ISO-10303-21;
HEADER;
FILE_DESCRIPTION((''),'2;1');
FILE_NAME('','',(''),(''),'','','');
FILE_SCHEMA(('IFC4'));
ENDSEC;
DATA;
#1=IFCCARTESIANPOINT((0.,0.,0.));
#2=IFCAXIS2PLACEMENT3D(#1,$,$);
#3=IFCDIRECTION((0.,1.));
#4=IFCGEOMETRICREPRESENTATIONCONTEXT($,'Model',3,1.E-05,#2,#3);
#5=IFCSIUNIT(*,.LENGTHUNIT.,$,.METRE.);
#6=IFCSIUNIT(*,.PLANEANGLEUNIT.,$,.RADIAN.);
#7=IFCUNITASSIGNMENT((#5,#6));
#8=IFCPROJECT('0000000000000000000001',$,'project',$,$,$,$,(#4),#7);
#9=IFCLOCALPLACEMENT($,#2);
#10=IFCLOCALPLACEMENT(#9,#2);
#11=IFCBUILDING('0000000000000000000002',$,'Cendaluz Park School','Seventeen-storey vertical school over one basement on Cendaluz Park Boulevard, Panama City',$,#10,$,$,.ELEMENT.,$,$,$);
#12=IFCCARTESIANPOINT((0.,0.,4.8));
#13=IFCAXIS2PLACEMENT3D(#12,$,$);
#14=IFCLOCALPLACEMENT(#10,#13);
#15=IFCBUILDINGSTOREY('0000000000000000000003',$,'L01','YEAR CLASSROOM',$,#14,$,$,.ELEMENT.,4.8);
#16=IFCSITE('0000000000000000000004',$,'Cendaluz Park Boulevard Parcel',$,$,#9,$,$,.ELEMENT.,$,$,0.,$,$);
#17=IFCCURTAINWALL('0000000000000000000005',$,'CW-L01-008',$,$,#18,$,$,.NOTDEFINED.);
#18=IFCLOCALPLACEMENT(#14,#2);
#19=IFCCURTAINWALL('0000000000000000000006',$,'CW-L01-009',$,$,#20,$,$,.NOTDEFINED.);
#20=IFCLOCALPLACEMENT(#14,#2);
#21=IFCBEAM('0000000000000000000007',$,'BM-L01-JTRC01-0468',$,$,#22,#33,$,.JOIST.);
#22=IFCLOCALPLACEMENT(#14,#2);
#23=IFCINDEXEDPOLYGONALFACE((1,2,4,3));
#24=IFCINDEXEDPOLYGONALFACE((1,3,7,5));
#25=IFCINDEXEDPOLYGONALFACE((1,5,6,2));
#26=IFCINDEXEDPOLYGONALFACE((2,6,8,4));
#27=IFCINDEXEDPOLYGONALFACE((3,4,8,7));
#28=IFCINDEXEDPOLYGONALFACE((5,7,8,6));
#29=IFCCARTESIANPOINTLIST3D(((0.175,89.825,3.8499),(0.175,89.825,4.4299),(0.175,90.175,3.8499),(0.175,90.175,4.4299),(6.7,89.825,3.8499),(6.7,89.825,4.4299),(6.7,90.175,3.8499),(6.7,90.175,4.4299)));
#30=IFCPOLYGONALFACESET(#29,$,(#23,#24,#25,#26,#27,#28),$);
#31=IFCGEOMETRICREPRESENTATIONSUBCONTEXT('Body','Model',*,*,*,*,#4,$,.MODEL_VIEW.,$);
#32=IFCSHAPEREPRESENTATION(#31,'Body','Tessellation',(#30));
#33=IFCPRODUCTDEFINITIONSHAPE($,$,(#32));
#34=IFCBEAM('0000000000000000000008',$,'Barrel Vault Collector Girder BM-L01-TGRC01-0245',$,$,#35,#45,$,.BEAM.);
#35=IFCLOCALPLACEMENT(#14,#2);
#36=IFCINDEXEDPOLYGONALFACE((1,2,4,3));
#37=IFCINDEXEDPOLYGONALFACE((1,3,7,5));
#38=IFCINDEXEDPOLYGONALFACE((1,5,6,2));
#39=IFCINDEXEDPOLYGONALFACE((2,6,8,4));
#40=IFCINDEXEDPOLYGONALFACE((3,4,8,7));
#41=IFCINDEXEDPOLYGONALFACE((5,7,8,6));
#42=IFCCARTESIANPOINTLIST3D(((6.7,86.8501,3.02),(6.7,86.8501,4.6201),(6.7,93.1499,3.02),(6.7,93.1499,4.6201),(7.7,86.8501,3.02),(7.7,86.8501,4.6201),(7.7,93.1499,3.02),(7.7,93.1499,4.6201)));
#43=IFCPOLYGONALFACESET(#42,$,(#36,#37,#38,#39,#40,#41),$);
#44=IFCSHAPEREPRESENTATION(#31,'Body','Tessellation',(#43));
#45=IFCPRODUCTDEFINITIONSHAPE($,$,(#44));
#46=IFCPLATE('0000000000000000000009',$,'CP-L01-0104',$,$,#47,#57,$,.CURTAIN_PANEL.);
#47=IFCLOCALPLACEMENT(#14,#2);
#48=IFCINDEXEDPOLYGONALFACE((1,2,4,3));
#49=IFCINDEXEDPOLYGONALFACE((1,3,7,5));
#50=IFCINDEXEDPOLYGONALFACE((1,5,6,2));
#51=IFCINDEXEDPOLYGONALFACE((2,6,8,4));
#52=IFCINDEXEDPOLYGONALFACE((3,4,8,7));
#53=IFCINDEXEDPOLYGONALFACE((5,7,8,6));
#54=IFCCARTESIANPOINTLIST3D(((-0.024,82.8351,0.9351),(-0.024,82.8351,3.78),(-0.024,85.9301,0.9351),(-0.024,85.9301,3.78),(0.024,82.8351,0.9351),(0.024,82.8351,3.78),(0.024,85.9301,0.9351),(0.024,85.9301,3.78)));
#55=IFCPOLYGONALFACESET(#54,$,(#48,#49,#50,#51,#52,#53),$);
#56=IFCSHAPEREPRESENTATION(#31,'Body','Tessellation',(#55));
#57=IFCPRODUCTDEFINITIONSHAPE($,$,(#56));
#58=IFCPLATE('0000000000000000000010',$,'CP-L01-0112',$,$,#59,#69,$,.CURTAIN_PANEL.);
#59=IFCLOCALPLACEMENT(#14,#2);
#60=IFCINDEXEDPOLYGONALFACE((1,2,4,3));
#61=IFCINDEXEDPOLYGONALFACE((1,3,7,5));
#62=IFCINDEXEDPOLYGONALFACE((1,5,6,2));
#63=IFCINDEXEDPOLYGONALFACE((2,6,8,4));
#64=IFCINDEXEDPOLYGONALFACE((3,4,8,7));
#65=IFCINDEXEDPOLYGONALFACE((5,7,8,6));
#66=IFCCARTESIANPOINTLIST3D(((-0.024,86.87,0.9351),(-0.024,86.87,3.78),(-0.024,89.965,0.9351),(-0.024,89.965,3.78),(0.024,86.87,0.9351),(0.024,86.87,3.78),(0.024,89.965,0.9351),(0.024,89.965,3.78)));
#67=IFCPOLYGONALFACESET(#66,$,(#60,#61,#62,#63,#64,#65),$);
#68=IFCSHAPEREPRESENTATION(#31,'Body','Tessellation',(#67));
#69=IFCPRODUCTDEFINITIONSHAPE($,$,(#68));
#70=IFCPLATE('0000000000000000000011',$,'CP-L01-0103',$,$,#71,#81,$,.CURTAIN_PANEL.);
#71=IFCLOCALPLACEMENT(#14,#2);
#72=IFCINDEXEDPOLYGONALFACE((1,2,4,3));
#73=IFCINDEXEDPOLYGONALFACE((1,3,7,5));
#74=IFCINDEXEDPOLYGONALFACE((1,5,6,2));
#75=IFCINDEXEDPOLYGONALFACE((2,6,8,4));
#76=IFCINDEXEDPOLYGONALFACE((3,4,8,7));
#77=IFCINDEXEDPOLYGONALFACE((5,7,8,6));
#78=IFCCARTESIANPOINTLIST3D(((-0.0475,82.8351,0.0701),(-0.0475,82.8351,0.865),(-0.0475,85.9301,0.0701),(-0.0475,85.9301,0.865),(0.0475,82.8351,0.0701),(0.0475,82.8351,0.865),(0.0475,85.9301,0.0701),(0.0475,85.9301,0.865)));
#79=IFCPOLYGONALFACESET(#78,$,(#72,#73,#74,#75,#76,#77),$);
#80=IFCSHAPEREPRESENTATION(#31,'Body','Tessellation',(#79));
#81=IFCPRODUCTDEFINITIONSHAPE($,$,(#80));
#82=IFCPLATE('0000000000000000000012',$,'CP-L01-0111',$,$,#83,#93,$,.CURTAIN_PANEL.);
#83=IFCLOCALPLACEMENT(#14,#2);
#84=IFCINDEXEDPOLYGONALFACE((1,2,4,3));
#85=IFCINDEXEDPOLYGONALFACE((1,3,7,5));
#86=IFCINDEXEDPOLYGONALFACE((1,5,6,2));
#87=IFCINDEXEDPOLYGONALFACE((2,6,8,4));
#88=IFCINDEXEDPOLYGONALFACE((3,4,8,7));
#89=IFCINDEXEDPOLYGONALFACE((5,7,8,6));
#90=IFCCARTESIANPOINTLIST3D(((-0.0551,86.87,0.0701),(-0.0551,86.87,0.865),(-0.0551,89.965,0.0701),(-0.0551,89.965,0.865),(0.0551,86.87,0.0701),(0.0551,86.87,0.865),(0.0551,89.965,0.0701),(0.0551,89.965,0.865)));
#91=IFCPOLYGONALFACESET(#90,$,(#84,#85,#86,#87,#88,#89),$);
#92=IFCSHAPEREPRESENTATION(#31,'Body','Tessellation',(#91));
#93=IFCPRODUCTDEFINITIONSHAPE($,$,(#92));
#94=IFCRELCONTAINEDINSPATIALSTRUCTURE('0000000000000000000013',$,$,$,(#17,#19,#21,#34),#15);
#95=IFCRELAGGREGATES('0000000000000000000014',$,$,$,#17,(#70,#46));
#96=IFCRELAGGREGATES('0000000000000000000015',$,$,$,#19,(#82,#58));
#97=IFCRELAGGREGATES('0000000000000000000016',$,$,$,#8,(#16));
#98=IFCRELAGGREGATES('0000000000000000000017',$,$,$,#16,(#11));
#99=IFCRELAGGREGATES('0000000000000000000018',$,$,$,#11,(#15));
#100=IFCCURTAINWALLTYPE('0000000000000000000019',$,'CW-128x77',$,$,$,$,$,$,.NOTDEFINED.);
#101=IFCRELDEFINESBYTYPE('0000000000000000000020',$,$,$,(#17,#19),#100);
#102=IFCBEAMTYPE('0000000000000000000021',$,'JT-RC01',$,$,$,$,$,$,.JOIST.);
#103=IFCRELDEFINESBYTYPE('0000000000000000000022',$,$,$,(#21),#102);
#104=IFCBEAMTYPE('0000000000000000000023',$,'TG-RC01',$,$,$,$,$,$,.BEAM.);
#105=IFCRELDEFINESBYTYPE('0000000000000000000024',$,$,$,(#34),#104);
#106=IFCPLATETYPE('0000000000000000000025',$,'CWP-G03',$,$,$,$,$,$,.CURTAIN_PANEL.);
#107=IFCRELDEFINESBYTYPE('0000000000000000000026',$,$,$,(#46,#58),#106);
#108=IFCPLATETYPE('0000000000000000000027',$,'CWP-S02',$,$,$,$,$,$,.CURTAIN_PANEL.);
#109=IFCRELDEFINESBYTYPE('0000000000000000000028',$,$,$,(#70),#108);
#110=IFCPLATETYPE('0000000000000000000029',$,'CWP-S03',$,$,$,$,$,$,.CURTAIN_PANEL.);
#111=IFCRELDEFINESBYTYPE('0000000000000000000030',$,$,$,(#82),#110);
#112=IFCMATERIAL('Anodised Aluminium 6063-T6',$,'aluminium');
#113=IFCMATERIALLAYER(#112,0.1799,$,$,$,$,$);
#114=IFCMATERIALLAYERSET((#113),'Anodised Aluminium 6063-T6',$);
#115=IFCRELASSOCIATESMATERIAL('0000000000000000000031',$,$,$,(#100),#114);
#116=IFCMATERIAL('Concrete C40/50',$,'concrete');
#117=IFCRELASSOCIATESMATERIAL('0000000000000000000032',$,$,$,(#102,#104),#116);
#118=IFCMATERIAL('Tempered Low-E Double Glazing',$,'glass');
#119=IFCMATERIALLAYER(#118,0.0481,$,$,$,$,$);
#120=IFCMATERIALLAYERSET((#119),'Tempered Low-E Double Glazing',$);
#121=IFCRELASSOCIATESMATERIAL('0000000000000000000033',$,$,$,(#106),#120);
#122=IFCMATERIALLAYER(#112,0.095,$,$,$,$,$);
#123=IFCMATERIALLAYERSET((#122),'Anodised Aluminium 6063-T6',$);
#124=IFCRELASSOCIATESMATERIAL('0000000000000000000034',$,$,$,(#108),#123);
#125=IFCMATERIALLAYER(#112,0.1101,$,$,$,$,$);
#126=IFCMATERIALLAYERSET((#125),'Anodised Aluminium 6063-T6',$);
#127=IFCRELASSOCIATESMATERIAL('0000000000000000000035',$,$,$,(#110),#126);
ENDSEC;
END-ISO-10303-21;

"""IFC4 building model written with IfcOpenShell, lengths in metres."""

from ifc_helpers import new_model, si_unit, direction, frame, origin, origin_2d, place, context, subcontext, project, spatial, rectangle, extrude, material, layer, layer_set, material_profile, profile_set, type_object, element, aggregate, save


model = new_model("IFC4")

# Units and contexts
model_context = context("Model", 3, precision=1e-05, world=origin(), true_north=direction((0.0, 1.0)))
body_context = subcontext(model_context, "Body", "Model", "MODEL_VIEW")
ifc_project = project(units=[si_unit("LENGTHUNIT", "METRE"), si_unit("PLANEANGLEUNIT", "RADIAN")], contexts=[model_context])

# Site, building, storey
site_placement = place(None, origin())
site = spatial("IfcSite", under=ifc_project, at=site_placement, Name="Cendaluz Park Boulevard Parcel", CompositionType="ELEMENT", RefElevation=0.0)
building_placement = place(site_placement, origin())
building = spatial("IfcBuilding", under=site, at=building_placement, Name="Cendaluz Park School", Description="Seventeen-storey vertical school over one basement on Cendaluz Park Boulevard, Panama City", CompositionType="ELEMENT")
storey_placement = place(building_placement, frame((0.0, 0.0, 4.8)))
storey = spatial("IfcBuildingStorey", under=building, at=storey_placement, Name="L01", Description="YEAR CLASSROOM", CompositionType="ELEMENT", Elevation=4.8)

# Shared definitions
ifc_material_1 = material(Name="Concrete C40/50", Category="concrete")

# Curtain wall
ifc_material_2 = material(Name="Anodised Aluminium 6063-T6", Category="aluminium")
ifc_layer_1 = layer(ifc_material_2, 0.1799)
ifc_layer_set_1 = layer_set([ifc_layer_1], Name="Anodised Aluminium 6063-T6")
curtain_wall_type = type_object("IfcCurtainWallType", Name="CW-128x77", PredefinedType="NOTDEFINED", material=ifc_layer_set_1)
curtain_wall_1_placement = place(storey_placement, origin())
curtain_wall_1 = element("IfcCurtainWall", 1, at=curtain_wall_1_placement, inside=storey, type_object=curtain_wall_type, Name="CW-L01-008", PredefinedType="NOTDEFINED")

# Curtain wall
curtain_wall_2_placement = place(storey_placement, origin())
curtain_wall_2 = element("IfcCurtainWall", 2, at=curtain_wall_2_placement, inside=storey, type_object=curtain_wall_type, Name="CW-L01-009", PredefinedType="NOTDEFINED")

# Beams
ifc_material_profile_1 = material_profile(ifc_material_1, rectangle(XDim=0.3501, YDim=0.5801, at=origin_2d()), Name="RC 350x580", Category="concrete")
ifc_profile_set_1 = profile_set([ifc_material_profile_1], Name="Concrete C40/50")
beam_type_1 = type_object("IfcBeamType", Name="JT-RC01", PredefinedType="JOIST", material=ifc_profile_set_1)
beam_1_placement = place(storey_placement, frame((0.175, 90.0, 4.1399), z_axis=(1.0, 0.0, 0.0), x_axis=(0.0, 1.0, 0.0)))
element("IfcBeam", 3, at=beam_1_placement, inside=storey, type_object=beam_type_1, Name="BM-L01-JTRC01-0468", PredefinedType="JOIST", context=body_context, shape_type="SweptSolid", body=[
    extrude(rectangle(XDim=0.3501, YDim=0.5801, at=origin_2d()), origin(), (0.0, 0.0, 1.0), 6.5249),
])
ifc_material_profile_2 = material_profile(ifc_material_1, rectangle(XDim=1.0, YDim=1.6001, at=origin_2d()), Name="RC 1000x1600", Category="concrete")
ifc_profile_set_2 = profile_set([ifc_material_profile_2], Name="Concrete C40/50")
beam_type_2 = type_object("IfcBeamType", Name="TG-RC01", PredefinedType="BEAM", material=ifc_profile_set_2)
beam_2_placement = place(storey_placement, frame((7.2, 86.8501, 3.8201), z_axis=(0.0, 1.0, 0.0), x_axis=(-1.0, 0.0, 0.0)))
element("IfcBeam", 4, at=beam_2_placement, inside=storey, type_object=beam_type_2, Name="Barrel Vault Collector Girder BM-L01-TGRC01-0245", PredefinedType="BEAM", context=body_context, shape_type="SweptSolid", body=[
    extrude(rectangle(XDim=1.0, YDim=1.6001, at=origin_2d()), origin(), (0.0, 0.0, 1.0), 6.2998),
])

# Plates
ifc_material_3 = material(Name="Tempered Low-E Double Glazing", Category="glass")
ifc_layer_2 = layer(ifc_material_3, 0.0481)
ifc_layer_set_2 = layer_set([ifc_layer_2], Name="Tempered Low-E Double Glazing")
plate_type_1 = type_object("IfcPlateType", Name="CWP-G03", PredefinedType="CURTAIN_PANEL", material=ifc_layer_set_2)
plate_1_placement = place(storey_placement, frame((0.0, 84.3826, 0.9351), z_axis=(0.0, 0.0, 1.0), x_axis=(0.0, 1.0, 0.0)))
plate_1 = element("IfcPlate", 5, at=plate_1_placement, type_object=plate_type_1, Name="CP-L01-0104", PredefinedType="CURTAIN_PANEL", context=body_context, shape_type="SweptSolid", body=[
    extrude(rectangle(XDim=3.095, YDim=0.0481, at=origin_2d()), origin(), (0.0, 0.0, 1.0), 2.845),
])
plate_2_placement = place(storey_placement, frame((0.0, 88.4175, 0.9351), z_axis=(0.0, 0.0, 1.0), x_axis=(0.0, 1.0, 0.0)))
plate_2 = element("IfcPlate", 6, at=plate_2_placement, type_object=plate_type_1, Name="CP-L01-0112", PredefinedType="CURTAIN_PANEL", context=body_context, shape_type="SweptSolid", body=[
    extrude(rectangle(XDim=3.095, YDim=0.0481, at=origin_2d()), origin(), (0.0, 0.0, 1.0), 2.845),
])
ifc_layer_3 = layer(ifc_material_2, 0.095)
ifc_layer_set_3 = layer_set([ifc_layer_3], Name="Anodised Aluminium 6063-T6")
plate_type_2 = type_object("IfcPlateType", Name="CWP-S02", PredefinedType="CURTAIN_PANEL", material=ifc_layer_set_3)
plate_3_placement = place(storey_placement, frame((0.0, 84.3826, 0.0701), z_axis=(0.0, 0.0, 1.0), x_axis=(0.0, 1.0, 0.0)))
plate_3 = element("IfcPlate", 7, at=plate_3_placement, type_object=plate_type_2, Name="CP-L01-0103", PredefinedType="CURTAIN_PANEL", context=body_context, shape_type="SweptSolid", body=[
    extrude(rectangle(XDim=3.095, YDim=0.095, at=origin_2d()), origin(), (0.0, 0.0, 1.0), 0.7949),
])
aggregate(curtain_wall_1, [plate_3, plate_1])
ifc_layer_4 = layer(ifc_material_2, 0.1101)
ifc_layer_set_4 = layer_set([ifc_layer_4], Name="Anodised Aluminium 6063-T6")
plate_type_3 = type_object("IfcPlateType", Name="CWP-S03", PredefinedType="CURTAIN_PANEL", material=ifc_layer_set_4)
plate_4_placement = place(storey_placement, frame((0.0, 88.4175, 0.0701), z_axis=(0.0, 0.0, 1.0), x_axis=(0.0, 1.0, 0.0)))
plate_4 = element("IfcPlate", 8, at=plate_4_placement, type_object=plate_type_3, Name="CP-L01-0111", PredefinedType="CURTAIN_PANEL", context=body_context, shape_type="SweptSolid", body=[
    extrude(rectangle(XDim=3.095, YDim=0.1101, at=origin_2d()), origin(), (0.0, 0.0, 1.0), 0.7949),
])
aggregate(curtain_wall_2, [plate_4, plate_2])

save(model, "model.ifc")
